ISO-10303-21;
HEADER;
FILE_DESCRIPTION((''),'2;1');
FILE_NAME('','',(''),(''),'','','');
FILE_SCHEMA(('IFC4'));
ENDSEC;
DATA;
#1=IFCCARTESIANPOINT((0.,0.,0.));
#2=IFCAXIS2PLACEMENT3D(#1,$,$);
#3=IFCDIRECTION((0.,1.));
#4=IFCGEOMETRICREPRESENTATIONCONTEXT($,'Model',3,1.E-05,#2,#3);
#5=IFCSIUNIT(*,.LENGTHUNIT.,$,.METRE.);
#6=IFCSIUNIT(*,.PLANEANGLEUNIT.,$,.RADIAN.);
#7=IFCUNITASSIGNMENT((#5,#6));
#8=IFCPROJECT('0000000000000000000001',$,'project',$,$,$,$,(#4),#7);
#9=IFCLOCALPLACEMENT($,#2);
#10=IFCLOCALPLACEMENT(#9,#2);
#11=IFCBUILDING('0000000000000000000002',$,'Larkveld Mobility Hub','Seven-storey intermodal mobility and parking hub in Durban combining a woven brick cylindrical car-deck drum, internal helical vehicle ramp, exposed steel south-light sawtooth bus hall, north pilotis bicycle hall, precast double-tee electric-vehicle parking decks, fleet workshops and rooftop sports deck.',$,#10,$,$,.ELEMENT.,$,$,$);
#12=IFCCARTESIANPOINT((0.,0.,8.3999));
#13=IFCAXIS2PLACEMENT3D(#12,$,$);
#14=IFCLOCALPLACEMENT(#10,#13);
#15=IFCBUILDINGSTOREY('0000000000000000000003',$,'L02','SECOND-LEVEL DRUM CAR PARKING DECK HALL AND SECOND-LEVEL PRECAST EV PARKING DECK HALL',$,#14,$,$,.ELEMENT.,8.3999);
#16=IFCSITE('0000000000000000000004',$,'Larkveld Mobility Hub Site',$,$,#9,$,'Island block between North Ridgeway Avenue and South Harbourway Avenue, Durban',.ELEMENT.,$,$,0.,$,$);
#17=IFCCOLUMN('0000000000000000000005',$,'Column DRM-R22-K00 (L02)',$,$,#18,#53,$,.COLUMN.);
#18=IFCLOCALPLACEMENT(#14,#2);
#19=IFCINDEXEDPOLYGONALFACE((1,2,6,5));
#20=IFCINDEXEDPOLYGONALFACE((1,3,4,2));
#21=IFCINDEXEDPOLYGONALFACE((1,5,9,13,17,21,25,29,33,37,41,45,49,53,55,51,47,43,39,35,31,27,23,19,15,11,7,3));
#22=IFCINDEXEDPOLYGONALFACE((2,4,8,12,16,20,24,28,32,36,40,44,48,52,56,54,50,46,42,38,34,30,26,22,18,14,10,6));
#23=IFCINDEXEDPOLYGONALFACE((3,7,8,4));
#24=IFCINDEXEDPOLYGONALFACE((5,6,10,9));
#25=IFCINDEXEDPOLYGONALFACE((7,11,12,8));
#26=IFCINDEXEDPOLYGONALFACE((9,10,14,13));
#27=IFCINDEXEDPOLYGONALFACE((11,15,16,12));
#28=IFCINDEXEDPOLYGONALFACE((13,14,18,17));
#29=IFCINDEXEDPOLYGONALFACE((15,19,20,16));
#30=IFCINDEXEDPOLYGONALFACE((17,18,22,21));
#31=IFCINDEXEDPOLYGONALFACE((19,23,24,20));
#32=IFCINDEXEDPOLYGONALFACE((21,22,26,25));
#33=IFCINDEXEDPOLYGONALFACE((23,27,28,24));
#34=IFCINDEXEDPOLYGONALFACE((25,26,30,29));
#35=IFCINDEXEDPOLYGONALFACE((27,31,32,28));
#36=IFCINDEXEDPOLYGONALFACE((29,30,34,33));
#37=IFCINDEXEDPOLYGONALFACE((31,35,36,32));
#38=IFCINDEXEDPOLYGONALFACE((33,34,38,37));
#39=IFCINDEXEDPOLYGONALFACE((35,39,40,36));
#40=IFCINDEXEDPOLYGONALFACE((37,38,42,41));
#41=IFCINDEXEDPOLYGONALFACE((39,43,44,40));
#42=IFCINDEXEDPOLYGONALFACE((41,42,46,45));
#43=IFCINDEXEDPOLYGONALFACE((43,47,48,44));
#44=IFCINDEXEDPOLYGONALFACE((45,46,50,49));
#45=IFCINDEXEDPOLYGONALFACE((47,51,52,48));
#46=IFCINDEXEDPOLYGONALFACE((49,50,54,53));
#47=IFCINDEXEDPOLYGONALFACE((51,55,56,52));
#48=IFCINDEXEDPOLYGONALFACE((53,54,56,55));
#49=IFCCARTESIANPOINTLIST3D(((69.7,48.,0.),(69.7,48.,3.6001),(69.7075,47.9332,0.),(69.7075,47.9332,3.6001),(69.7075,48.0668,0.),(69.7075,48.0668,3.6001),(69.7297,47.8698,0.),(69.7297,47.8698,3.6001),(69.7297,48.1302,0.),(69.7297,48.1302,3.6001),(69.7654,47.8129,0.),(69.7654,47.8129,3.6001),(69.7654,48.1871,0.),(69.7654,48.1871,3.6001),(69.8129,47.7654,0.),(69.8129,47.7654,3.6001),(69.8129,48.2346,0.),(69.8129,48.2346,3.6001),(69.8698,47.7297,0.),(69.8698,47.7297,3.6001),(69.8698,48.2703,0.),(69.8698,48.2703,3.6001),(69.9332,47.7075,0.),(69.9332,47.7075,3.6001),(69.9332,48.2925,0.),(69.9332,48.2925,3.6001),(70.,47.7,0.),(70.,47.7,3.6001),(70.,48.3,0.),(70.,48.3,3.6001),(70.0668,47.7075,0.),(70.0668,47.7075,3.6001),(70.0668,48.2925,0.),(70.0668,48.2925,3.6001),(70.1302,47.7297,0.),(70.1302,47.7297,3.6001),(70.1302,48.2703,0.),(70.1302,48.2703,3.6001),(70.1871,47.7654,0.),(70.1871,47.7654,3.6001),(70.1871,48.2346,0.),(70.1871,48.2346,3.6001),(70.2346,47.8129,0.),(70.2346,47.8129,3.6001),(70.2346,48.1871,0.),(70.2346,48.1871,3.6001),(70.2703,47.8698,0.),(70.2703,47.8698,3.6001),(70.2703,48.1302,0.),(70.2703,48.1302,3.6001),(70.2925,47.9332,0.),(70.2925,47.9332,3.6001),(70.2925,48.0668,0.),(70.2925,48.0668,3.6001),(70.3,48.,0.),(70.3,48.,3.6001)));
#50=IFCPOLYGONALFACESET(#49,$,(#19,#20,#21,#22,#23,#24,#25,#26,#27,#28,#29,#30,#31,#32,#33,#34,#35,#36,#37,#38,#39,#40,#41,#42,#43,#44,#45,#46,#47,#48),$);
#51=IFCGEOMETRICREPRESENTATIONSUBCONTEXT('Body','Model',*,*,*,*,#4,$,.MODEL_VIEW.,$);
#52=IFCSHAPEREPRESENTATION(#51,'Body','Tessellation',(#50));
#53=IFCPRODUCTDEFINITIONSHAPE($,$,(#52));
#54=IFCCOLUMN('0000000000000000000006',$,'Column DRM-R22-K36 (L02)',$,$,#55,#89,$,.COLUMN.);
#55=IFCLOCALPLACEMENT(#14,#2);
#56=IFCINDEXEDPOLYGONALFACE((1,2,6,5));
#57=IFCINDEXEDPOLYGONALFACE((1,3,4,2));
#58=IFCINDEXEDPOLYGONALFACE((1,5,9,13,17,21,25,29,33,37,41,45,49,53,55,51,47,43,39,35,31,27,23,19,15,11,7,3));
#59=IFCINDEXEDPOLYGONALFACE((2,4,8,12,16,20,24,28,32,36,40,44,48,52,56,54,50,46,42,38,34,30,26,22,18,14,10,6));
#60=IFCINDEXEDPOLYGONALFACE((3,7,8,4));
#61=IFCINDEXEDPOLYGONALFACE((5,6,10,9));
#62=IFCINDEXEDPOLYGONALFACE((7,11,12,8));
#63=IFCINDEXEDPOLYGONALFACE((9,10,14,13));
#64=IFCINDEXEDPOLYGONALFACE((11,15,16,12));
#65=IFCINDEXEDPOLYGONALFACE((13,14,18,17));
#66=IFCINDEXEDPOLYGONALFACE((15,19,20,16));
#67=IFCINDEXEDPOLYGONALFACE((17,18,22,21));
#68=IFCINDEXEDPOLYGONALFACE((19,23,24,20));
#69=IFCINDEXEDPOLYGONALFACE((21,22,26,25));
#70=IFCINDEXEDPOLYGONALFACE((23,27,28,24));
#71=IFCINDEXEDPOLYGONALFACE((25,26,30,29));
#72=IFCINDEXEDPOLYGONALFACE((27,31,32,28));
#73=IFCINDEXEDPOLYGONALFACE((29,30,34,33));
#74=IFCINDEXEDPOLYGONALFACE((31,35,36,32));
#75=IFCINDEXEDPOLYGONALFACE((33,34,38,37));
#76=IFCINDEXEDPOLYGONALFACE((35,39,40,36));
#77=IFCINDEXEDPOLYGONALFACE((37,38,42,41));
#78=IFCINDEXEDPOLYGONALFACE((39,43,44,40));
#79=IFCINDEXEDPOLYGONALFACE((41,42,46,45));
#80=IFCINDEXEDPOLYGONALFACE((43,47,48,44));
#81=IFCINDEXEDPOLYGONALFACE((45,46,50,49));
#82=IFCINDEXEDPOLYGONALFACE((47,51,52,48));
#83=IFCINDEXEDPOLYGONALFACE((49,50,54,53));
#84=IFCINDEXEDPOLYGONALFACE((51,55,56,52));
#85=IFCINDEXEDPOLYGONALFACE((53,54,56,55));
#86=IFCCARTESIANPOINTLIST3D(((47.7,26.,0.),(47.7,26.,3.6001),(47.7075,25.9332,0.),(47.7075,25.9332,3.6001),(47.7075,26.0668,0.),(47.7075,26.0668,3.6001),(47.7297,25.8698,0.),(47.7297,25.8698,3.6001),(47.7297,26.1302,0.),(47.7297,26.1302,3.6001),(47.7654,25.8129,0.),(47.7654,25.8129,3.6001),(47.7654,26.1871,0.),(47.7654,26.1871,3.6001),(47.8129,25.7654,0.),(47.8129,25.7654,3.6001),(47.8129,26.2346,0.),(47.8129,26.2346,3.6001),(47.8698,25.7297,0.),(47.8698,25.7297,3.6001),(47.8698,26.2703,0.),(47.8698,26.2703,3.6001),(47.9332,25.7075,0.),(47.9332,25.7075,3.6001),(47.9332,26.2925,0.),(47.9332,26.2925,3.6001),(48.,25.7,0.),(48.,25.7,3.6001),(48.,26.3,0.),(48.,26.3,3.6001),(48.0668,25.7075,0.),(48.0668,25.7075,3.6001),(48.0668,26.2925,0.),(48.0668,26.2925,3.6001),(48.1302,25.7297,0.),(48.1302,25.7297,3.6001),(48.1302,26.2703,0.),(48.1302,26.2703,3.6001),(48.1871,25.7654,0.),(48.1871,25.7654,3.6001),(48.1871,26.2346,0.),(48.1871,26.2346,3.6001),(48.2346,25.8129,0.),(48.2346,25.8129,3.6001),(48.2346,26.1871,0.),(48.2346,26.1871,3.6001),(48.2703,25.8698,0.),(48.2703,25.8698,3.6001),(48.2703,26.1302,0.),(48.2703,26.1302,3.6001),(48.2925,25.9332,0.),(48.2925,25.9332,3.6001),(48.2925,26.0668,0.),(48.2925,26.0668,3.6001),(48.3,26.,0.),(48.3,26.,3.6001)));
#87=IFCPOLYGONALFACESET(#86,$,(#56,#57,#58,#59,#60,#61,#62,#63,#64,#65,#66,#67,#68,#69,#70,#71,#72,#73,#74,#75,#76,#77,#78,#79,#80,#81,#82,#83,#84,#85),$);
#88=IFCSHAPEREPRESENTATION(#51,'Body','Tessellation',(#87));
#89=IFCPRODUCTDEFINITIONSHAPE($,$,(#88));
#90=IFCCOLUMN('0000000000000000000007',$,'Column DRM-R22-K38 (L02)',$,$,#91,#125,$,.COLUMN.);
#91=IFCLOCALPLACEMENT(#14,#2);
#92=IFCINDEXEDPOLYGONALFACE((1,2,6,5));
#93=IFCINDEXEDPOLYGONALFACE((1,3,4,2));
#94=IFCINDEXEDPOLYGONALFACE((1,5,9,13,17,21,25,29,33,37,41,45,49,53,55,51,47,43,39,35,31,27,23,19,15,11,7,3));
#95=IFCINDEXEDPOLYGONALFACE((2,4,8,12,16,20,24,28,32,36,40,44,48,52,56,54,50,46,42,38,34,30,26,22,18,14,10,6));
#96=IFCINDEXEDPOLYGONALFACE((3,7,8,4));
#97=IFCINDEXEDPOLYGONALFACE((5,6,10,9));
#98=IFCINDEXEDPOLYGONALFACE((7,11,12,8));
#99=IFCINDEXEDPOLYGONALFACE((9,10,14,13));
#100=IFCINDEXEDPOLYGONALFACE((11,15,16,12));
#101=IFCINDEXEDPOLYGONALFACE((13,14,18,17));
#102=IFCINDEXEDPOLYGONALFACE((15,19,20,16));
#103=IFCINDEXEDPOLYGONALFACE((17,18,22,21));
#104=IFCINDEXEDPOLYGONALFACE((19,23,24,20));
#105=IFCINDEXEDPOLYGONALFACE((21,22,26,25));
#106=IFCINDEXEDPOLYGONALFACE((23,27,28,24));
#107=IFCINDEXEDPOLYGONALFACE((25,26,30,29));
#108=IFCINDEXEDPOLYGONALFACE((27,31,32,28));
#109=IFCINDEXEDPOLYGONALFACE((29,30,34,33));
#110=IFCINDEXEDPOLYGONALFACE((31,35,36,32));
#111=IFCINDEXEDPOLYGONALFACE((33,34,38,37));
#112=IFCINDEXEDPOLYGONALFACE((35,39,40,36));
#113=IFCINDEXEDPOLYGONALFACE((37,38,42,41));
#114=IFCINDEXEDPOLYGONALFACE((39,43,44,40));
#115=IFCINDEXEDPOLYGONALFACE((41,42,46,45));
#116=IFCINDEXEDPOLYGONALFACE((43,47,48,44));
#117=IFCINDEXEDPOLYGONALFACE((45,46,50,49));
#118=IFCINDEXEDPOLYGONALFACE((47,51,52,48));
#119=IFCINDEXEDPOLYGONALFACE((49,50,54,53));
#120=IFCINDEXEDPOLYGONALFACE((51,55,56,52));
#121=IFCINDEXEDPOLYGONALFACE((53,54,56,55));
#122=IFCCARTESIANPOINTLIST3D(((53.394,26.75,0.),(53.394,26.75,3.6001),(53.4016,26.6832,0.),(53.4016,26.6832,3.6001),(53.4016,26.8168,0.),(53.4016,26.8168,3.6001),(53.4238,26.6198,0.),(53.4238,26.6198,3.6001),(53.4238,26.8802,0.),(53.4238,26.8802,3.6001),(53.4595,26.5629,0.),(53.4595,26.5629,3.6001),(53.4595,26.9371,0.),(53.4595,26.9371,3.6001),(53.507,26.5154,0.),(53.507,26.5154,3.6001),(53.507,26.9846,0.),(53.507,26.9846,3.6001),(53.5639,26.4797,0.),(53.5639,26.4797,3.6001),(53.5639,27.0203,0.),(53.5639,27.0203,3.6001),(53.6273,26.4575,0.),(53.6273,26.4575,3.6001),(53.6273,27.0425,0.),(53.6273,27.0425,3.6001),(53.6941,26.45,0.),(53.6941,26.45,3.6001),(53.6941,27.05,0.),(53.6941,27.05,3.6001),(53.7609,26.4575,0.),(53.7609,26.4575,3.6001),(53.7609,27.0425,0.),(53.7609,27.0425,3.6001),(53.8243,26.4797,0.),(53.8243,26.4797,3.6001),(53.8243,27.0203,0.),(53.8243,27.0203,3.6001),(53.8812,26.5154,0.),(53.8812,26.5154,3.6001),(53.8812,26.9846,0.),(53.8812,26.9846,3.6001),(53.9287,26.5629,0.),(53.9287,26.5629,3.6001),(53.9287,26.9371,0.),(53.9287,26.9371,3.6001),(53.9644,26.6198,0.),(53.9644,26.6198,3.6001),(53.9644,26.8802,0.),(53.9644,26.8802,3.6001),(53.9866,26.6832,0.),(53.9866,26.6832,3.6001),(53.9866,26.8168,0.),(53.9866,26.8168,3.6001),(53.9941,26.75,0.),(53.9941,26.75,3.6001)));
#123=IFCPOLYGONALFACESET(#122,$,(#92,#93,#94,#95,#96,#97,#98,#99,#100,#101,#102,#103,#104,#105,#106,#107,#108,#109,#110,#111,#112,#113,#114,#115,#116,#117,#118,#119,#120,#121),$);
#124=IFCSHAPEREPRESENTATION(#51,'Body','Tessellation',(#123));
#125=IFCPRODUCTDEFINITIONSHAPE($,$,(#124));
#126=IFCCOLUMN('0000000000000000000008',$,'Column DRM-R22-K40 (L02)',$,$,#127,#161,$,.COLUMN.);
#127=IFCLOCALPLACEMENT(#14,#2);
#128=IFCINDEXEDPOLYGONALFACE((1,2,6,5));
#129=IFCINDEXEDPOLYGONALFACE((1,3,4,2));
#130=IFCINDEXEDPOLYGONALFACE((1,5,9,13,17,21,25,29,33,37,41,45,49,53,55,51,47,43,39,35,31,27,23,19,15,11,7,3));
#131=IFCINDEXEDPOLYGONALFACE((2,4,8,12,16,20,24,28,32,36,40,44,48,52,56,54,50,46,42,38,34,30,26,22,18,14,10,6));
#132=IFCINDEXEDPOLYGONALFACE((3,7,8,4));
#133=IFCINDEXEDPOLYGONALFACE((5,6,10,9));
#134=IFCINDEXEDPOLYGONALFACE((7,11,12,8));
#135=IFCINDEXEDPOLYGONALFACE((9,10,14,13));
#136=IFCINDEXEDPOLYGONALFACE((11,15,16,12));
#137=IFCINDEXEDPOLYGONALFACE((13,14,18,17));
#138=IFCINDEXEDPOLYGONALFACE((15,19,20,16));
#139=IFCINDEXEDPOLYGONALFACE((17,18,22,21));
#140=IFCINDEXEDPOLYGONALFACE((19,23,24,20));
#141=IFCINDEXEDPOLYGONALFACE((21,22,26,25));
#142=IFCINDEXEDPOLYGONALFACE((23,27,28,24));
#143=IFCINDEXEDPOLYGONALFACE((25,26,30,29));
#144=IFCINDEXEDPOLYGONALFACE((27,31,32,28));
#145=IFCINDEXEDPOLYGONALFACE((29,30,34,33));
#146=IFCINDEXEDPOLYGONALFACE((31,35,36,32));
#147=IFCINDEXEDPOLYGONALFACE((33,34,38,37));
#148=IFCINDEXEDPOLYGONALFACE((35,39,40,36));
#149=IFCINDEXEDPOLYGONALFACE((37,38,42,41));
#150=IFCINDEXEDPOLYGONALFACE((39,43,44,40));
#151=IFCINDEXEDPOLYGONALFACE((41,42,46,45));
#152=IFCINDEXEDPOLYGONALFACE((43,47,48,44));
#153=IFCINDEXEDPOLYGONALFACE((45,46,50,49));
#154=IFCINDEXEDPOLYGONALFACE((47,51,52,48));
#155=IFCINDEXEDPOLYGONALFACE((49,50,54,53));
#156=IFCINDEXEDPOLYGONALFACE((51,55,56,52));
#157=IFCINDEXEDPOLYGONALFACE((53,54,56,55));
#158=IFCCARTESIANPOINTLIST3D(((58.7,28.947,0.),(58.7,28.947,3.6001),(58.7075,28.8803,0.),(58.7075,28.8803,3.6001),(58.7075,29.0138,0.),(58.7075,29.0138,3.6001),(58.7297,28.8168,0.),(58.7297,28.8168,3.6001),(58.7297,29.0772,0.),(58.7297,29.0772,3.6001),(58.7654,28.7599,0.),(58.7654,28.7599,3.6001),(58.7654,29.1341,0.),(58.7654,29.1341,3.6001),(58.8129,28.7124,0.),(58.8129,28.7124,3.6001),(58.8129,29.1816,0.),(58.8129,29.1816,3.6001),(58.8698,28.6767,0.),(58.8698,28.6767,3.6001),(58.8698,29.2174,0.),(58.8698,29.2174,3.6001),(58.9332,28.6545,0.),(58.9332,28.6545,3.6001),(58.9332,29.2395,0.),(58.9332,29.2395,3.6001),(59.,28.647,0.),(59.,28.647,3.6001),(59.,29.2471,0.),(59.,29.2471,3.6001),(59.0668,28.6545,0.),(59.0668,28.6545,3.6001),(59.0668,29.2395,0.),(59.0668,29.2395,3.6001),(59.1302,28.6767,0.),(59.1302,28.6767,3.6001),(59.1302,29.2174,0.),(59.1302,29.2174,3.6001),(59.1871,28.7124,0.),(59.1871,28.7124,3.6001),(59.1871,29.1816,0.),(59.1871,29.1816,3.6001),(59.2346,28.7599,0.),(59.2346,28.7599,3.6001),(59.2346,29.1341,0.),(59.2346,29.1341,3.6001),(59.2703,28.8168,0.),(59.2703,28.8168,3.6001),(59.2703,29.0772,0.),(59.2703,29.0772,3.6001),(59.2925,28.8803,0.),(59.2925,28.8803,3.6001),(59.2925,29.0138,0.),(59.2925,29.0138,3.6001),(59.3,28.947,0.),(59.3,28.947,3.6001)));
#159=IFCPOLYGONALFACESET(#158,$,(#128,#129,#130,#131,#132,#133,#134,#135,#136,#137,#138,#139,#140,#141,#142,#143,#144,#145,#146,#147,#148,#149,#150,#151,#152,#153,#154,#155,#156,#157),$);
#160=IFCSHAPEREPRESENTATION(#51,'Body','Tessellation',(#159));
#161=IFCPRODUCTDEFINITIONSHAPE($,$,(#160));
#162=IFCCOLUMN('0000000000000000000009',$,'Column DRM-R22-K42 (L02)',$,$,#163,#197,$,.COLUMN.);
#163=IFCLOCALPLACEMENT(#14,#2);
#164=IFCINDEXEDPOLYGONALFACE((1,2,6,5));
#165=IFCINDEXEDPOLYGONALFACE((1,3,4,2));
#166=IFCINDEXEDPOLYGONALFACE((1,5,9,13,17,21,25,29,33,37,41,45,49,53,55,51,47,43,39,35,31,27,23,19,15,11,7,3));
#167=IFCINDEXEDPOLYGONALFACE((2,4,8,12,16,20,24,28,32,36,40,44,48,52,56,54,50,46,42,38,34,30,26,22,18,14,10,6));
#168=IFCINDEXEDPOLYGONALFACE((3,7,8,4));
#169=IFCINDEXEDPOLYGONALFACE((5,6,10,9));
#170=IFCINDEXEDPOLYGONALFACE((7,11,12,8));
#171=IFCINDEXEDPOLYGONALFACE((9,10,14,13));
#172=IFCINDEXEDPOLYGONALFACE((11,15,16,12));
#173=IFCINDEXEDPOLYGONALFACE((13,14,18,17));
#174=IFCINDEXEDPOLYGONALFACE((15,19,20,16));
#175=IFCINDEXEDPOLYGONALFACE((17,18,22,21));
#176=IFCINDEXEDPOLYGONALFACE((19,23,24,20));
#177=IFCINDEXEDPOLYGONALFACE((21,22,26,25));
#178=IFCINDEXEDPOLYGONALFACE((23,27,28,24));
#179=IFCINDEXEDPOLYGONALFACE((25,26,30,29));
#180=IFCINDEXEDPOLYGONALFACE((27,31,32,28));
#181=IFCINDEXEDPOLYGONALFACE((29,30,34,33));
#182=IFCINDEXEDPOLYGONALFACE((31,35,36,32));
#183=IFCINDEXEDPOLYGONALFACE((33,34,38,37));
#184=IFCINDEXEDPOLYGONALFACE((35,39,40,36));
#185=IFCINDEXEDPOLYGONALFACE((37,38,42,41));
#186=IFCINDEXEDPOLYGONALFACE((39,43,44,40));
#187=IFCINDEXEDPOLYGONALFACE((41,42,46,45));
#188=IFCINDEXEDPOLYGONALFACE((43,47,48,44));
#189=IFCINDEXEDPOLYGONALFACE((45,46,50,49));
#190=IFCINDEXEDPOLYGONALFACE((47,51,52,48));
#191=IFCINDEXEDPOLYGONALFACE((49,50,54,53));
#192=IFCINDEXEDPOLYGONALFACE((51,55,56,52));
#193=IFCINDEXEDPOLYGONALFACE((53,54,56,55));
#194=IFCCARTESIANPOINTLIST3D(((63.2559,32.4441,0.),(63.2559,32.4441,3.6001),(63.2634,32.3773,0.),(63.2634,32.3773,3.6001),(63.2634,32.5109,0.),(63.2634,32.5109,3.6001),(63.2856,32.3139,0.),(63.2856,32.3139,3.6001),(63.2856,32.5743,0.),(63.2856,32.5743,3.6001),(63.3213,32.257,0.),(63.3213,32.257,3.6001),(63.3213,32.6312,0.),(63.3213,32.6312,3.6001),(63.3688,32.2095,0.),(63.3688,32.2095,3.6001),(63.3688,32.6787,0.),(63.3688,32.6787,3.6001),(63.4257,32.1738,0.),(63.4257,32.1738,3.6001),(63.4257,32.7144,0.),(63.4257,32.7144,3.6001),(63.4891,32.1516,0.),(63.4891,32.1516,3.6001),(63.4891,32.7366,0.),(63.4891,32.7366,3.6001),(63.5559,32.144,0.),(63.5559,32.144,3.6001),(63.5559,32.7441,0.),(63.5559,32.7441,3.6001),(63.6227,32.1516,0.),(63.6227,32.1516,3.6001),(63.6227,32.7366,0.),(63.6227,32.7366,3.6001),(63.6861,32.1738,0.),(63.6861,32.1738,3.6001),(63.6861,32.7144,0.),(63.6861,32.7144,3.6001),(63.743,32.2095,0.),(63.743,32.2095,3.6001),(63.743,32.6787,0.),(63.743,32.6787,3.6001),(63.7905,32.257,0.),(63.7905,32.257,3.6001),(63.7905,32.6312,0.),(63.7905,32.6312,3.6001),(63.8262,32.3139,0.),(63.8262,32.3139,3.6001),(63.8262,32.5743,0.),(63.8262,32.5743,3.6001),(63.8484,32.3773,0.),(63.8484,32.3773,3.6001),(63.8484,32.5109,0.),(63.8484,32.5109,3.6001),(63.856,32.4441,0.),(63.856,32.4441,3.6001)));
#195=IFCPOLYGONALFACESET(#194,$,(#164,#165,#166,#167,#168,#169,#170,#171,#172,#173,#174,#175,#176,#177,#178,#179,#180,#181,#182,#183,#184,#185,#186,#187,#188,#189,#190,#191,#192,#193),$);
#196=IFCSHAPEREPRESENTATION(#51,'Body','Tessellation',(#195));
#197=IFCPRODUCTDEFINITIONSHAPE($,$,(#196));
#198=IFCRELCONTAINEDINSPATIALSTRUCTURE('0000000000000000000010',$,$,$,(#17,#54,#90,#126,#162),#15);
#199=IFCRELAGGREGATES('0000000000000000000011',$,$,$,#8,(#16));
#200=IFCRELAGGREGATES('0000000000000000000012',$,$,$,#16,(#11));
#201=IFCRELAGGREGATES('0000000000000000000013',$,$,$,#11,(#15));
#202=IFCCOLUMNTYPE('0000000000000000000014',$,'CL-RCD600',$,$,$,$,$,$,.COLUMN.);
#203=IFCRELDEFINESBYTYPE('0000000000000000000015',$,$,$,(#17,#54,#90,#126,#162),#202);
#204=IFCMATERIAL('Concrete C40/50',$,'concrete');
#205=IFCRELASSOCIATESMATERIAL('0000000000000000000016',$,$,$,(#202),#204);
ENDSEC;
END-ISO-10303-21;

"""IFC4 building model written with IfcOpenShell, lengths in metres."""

from ifc_helpers import new_model, si_unit, direction, frame, origin, origin_2d, place, context, subcontext, project, spatial, circle, extrude, material, material_profile, profile_set, type_object, element, save


model = new_model("IFC4")

# Units and contexts
model_context = context("Model", 3, precision=1e-05, world=origin(), true_north=direction((0.0, 1.0)))
body_context = subcontext(model_context, "Body", "Model", "MODEL_VIEW")
ifc_project = project(units=[si_unit("LENGTHUNIT", "METRE"), si_unit("PLANEANGLEUNIT", "RADIAN")], contexts=[model_context])

# Site, building, storey
site_placement = place(None, origin())
site = spatial("IfcSite", under=ifc_project, at=site_placement, Name="Larkveld Mobility Hub Site", LongName="Island block between North Ridgeway Avenue and South Harbourway Avenue, Durban", CompositionType="ELEMENT", RefElevation=0.0)
building_placement = place(site_placement, origin())
building = spatial("IfcBuilding", under=site, at=building_placement, Name="Larkveld Mobility Hub", Description="Seven-storey intermodal mobility and parking hub in Durban combining a woven brick cylindrical car-deck drum, internal helical vehicle ramp, exposed steel south-light sawtooth bus hall, north pilotis bicycle hall, precast double-tee electric-vehicle parking decks, fleet workshops and rooftop sports deck.", CompositionType="ELEMENT")
storey_placement = place(building_placement, frame((0.0, 0.0, 8.3999)))
storey = spatial("IfcBuildingStorey", under=building, at=storey_placement, Name="L02", Description="SECOND-LEVEL DRUM CAR PARKING DECK HALL AND SECOND-LEVEL PRECAST EV PARKING DECK HALL", CompositionType="ELEMENT", Elevation=8.3999)

# Columns
ifc_material_1 = material(Name="Concrete C40/50", Category="concrete")
ifc_material_profile_1 = material_profile(ifc_material_1, circle(Radius=0.3, at=origin_2d()), Name="RC COL D600")
ifc_profile_set_1 = profile_set([ifc_material_profile_1], Name="Concrete C40/50")
column_type_1 = type_object("IfcColumnType", Name="CL-RCD600", PredefinedType="COLUMN", material=ifc_profile_set_1)
for number, where, z_axis, x_axis, name in (
    (1, (70.0, 48.0, 0.0), (0.0, 0.0, 1.0), (1.0, 0.0, 0.0), "Column DRM-R22-K00 (L02)"),
    (2, (48.0, 26.0, 0.0), (0.0, 0.0, 1.0), (1.0, 0.0, 0.0), "Column DRM-R22-K36 (L02)"),
    (3, (53.6941, 26.75, 0.0), (0.0, 0.0, 1.0), (1.0, 0.0, 0.0), "Column DRM-R22-K38 (L02)"),
    (4, (59.0, 28.947, 0.0), (0.0, 0.0, 1.0), (1.0, 0.0, 0.0), "Column DRM-R22-K40 (L02)"),
    (5, (63.5559, 32.4441, 0.0), (0.0, 0.0, 1.0), (1.0, 0.0, 0.0), "Column DRM-R22-K42 (L02)"),
):
    element("IfcColumn", number, at=place(storey_placement, frame(where, z_axis=z_axis, x_axis=x_axis)), inside=storey, type_object=column_type_1, Name=name, PredefinedType="COLUMN", context=body_context, shape_type="SweptSolid", body=[
        extrude(circle(Radius=0.3, at=origin_2d()), origin(), (0.0, 0.0, 1.0), 3.6001),
    ])

save(model, "model.ifc")
